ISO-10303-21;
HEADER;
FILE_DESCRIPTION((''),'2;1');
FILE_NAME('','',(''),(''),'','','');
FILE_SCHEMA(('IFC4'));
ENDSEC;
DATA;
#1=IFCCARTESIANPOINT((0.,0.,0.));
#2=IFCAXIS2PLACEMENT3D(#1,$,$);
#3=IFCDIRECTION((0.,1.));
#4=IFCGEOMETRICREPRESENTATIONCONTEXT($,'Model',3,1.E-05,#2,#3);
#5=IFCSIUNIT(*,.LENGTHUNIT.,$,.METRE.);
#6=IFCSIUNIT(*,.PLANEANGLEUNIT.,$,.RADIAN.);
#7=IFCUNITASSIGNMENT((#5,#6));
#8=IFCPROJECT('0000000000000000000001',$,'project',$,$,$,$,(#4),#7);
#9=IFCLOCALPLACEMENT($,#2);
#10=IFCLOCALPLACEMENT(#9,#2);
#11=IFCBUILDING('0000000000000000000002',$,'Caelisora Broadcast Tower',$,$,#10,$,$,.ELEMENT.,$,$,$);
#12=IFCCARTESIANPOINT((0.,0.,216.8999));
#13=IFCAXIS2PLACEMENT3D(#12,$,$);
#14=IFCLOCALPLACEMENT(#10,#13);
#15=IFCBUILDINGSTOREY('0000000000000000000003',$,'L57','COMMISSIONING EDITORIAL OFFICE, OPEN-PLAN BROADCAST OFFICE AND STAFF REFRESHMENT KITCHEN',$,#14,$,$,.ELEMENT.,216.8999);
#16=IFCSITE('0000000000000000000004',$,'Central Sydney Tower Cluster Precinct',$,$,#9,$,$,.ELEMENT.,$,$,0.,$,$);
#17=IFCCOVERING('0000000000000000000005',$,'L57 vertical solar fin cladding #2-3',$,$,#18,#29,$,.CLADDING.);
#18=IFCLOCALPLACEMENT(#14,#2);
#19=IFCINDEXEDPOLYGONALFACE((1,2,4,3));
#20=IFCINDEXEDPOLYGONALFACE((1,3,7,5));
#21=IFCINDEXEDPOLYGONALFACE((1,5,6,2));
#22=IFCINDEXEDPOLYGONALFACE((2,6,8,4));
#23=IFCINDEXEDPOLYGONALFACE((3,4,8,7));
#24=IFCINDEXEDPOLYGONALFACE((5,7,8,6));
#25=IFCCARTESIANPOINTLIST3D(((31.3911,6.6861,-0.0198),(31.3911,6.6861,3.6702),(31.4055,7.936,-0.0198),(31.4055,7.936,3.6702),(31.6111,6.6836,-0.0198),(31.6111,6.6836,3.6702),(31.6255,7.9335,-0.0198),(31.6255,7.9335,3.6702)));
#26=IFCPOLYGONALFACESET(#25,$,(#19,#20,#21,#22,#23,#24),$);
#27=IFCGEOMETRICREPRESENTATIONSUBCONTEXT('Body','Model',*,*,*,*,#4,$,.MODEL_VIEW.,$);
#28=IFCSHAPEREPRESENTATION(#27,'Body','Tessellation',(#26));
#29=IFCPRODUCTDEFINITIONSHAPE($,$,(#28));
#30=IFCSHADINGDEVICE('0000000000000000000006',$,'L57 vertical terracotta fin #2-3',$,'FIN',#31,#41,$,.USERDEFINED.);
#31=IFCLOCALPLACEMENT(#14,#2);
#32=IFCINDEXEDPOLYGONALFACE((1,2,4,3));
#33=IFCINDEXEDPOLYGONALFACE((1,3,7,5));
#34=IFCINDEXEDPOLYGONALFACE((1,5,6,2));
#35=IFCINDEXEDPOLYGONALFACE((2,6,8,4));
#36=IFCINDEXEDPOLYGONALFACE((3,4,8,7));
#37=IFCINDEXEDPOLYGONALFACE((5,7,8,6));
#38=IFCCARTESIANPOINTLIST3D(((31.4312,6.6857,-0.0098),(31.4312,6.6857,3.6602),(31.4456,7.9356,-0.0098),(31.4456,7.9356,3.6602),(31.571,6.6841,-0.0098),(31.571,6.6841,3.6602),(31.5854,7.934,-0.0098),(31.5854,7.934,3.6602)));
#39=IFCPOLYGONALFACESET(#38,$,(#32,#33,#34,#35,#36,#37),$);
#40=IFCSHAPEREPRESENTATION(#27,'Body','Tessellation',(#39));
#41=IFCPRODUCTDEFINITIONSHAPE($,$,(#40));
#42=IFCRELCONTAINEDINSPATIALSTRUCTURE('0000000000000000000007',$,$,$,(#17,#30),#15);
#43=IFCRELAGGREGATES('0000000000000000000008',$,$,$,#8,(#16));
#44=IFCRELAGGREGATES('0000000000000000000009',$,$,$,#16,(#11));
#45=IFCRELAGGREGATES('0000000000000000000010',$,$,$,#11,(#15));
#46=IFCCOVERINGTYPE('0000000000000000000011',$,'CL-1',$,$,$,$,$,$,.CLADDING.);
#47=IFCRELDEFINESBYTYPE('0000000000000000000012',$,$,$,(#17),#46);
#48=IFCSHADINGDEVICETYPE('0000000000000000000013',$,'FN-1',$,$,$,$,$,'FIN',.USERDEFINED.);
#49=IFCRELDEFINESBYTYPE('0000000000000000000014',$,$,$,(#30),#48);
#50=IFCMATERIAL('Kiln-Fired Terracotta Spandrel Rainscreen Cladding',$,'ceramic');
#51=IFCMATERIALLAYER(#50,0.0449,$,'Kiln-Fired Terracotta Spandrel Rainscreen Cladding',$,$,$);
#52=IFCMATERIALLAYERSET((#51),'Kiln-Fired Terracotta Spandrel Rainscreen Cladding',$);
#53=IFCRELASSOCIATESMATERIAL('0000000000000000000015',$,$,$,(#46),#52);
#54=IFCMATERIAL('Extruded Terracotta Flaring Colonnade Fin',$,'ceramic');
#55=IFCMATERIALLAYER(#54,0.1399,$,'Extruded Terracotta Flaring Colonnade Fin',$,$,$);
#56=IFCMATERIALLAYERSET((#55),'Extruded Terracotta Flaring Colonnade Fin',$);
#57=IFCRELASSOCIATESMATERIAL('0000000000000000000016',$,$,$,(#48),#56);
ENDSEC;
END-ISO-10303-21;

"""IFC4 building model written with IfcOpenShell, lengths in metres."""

from ifc_helpers import new_model, si_unit, direction, frame, origin, origin_2d, place, context, subcontext, project, spatial, rectangle, extrude, source, transform, mapped, material, layer, layer_set, type_object, type_shapes, element, save


model = new_model("IFC4")

# Units and contexts
model_context = context("Model", 3, precision=1e-05, world=origin(), true_north=direction((0.0, 1.0)))
body_context = subcontext(model_context, "Body", "Model", "MODEL_VIEW")
ifc_project = project(units=[si_unit("LENGTHUNIT", "METRE"), si_unit("PLANEANGLEUNIT", "RADIAN")], contexts=[model_context])

# Site, building, storey
site_placement = place(None, origin())
site = spatial("IfcSite", under=ifc_project, at=site_placement, Name="Central Sydney Tower Cluster Precinct", CompositionType="ELEMENT", RefElevation=0.0)
building_placement = place(site_placement, origin())
building = spatial("IfcBuilding", under=site, at=building_placement, Name="Caelisora Broadcast Tower", CompositionType="ELEMENT")
storey_placement = place(building_placement, frame((0.0, 0.0, 216.8999)))
storey = spatial("IfcBuildingStorey", under=building, at=storey_placement, Name="L57", Description="COMMISSIONING EDITORIAL OFFICE, OPEN-PLAN BROADCAST OFFICE AND STAFF REFRESHMENT KITCHEN", CompositionType="ELEMENT", Elevation=216.8999)

# Covering
ifc_material_1 = material(Name="Kiln-Fired Terracotta Spandrel Rainscreen Cladding", Category="ceramic")
ifc_layer_1 = layer(ifc_material_1, 0.0449, Name="Kiln-Fired Terracotta Spandrel Rainscreen Cladding")
ifc_layer_set_1 = layer_set([ifc_layer_1], Name="Kiln-Fired Terracotta Spandrel Rainscreen Cladding")
covering_type = type_object("IfcCoveringType", Name="CL-1", PredefinedType="CLADDING", material=ifc_layer_set_1)
shared_shape_1 = source(origin(), body_context, "Body", "SweptSolid", [
    extrude(rectangle(XDim=0.22, YDim=1.25, at=origin_2d()), origin(), (0.0, 0.0, 1.0), 3.6899),
])
type_shapes(covering_type, [shared_shape_1])
covering_placement = place(storey_placement, frame((31.5083, 7.3098, -0.0198), z_axis=(0.0, 0.0, 1.0), x_axis=(-0.999934, 0.011519, 0.0)))
element("IfcCovering", 1, at=covering_placement, inside=storey, type_object=covering_type, Name="L57 vertical solar fin cladding #2-3", PredefinedType="CLADDING", context=body_context, shape_type="MappedRepresentation", body=[
    mapped(shared_shape_1, transform((0.0, 0.0, 0.0), scale=1.0)),
])

# Shading device
ifc_material_2 = material(Name="Extruded Terracotta Flaring Colonnade Fin", Category="ceramic")
ifc_layer_2 = layer(ifc_material_2, 0.1399, Name="Extruded Terracotta Flaring Colonnade Fin")
ifc_layer_set_2 = layer_set([ifc_layer_2], Name="Extruded Terracotta Flaring Colonnade Fin")
shading_device_type = type_object("IfcShadingDeviceType", Name="FN-1", ElementType="FIN", PredefinedType="USERDEFINED", material=ifc_layer_set_2)
shared_shape_2 = source(origin(), body_context, "Body", "SweptSolid", [
    extrude(rectangle(XDim=0.1399, YDim=1.25, at=origin_2d()), origin(), (0.0, 0.0, 1.0), 3.6699),
])
type_shapes(shading_device_type, [shared_shape_2])
shading_device_placement = place(storey_placement, frame((31.5083, 7.3098, -0.0098), z_axis=(0.0, 0.0, 1.0), x_axis=(-0.999934, 0.011519, 0.0)))
element("IfcShadingDevice", 2, at=shading_device_placement, inside=storey, type_object=shading_device_type, Name="L57 vertical terracotta fin #2-3", ObjectType="FIN", PredefinedType="USERDEFINED", context=body_context, shape_type="MappedRepresentation", body=[
    mapped(shared_shape_2, transform((0.0, 0.0, 0.0), scale=1.0)),
])

save(model, "model.ifc")
